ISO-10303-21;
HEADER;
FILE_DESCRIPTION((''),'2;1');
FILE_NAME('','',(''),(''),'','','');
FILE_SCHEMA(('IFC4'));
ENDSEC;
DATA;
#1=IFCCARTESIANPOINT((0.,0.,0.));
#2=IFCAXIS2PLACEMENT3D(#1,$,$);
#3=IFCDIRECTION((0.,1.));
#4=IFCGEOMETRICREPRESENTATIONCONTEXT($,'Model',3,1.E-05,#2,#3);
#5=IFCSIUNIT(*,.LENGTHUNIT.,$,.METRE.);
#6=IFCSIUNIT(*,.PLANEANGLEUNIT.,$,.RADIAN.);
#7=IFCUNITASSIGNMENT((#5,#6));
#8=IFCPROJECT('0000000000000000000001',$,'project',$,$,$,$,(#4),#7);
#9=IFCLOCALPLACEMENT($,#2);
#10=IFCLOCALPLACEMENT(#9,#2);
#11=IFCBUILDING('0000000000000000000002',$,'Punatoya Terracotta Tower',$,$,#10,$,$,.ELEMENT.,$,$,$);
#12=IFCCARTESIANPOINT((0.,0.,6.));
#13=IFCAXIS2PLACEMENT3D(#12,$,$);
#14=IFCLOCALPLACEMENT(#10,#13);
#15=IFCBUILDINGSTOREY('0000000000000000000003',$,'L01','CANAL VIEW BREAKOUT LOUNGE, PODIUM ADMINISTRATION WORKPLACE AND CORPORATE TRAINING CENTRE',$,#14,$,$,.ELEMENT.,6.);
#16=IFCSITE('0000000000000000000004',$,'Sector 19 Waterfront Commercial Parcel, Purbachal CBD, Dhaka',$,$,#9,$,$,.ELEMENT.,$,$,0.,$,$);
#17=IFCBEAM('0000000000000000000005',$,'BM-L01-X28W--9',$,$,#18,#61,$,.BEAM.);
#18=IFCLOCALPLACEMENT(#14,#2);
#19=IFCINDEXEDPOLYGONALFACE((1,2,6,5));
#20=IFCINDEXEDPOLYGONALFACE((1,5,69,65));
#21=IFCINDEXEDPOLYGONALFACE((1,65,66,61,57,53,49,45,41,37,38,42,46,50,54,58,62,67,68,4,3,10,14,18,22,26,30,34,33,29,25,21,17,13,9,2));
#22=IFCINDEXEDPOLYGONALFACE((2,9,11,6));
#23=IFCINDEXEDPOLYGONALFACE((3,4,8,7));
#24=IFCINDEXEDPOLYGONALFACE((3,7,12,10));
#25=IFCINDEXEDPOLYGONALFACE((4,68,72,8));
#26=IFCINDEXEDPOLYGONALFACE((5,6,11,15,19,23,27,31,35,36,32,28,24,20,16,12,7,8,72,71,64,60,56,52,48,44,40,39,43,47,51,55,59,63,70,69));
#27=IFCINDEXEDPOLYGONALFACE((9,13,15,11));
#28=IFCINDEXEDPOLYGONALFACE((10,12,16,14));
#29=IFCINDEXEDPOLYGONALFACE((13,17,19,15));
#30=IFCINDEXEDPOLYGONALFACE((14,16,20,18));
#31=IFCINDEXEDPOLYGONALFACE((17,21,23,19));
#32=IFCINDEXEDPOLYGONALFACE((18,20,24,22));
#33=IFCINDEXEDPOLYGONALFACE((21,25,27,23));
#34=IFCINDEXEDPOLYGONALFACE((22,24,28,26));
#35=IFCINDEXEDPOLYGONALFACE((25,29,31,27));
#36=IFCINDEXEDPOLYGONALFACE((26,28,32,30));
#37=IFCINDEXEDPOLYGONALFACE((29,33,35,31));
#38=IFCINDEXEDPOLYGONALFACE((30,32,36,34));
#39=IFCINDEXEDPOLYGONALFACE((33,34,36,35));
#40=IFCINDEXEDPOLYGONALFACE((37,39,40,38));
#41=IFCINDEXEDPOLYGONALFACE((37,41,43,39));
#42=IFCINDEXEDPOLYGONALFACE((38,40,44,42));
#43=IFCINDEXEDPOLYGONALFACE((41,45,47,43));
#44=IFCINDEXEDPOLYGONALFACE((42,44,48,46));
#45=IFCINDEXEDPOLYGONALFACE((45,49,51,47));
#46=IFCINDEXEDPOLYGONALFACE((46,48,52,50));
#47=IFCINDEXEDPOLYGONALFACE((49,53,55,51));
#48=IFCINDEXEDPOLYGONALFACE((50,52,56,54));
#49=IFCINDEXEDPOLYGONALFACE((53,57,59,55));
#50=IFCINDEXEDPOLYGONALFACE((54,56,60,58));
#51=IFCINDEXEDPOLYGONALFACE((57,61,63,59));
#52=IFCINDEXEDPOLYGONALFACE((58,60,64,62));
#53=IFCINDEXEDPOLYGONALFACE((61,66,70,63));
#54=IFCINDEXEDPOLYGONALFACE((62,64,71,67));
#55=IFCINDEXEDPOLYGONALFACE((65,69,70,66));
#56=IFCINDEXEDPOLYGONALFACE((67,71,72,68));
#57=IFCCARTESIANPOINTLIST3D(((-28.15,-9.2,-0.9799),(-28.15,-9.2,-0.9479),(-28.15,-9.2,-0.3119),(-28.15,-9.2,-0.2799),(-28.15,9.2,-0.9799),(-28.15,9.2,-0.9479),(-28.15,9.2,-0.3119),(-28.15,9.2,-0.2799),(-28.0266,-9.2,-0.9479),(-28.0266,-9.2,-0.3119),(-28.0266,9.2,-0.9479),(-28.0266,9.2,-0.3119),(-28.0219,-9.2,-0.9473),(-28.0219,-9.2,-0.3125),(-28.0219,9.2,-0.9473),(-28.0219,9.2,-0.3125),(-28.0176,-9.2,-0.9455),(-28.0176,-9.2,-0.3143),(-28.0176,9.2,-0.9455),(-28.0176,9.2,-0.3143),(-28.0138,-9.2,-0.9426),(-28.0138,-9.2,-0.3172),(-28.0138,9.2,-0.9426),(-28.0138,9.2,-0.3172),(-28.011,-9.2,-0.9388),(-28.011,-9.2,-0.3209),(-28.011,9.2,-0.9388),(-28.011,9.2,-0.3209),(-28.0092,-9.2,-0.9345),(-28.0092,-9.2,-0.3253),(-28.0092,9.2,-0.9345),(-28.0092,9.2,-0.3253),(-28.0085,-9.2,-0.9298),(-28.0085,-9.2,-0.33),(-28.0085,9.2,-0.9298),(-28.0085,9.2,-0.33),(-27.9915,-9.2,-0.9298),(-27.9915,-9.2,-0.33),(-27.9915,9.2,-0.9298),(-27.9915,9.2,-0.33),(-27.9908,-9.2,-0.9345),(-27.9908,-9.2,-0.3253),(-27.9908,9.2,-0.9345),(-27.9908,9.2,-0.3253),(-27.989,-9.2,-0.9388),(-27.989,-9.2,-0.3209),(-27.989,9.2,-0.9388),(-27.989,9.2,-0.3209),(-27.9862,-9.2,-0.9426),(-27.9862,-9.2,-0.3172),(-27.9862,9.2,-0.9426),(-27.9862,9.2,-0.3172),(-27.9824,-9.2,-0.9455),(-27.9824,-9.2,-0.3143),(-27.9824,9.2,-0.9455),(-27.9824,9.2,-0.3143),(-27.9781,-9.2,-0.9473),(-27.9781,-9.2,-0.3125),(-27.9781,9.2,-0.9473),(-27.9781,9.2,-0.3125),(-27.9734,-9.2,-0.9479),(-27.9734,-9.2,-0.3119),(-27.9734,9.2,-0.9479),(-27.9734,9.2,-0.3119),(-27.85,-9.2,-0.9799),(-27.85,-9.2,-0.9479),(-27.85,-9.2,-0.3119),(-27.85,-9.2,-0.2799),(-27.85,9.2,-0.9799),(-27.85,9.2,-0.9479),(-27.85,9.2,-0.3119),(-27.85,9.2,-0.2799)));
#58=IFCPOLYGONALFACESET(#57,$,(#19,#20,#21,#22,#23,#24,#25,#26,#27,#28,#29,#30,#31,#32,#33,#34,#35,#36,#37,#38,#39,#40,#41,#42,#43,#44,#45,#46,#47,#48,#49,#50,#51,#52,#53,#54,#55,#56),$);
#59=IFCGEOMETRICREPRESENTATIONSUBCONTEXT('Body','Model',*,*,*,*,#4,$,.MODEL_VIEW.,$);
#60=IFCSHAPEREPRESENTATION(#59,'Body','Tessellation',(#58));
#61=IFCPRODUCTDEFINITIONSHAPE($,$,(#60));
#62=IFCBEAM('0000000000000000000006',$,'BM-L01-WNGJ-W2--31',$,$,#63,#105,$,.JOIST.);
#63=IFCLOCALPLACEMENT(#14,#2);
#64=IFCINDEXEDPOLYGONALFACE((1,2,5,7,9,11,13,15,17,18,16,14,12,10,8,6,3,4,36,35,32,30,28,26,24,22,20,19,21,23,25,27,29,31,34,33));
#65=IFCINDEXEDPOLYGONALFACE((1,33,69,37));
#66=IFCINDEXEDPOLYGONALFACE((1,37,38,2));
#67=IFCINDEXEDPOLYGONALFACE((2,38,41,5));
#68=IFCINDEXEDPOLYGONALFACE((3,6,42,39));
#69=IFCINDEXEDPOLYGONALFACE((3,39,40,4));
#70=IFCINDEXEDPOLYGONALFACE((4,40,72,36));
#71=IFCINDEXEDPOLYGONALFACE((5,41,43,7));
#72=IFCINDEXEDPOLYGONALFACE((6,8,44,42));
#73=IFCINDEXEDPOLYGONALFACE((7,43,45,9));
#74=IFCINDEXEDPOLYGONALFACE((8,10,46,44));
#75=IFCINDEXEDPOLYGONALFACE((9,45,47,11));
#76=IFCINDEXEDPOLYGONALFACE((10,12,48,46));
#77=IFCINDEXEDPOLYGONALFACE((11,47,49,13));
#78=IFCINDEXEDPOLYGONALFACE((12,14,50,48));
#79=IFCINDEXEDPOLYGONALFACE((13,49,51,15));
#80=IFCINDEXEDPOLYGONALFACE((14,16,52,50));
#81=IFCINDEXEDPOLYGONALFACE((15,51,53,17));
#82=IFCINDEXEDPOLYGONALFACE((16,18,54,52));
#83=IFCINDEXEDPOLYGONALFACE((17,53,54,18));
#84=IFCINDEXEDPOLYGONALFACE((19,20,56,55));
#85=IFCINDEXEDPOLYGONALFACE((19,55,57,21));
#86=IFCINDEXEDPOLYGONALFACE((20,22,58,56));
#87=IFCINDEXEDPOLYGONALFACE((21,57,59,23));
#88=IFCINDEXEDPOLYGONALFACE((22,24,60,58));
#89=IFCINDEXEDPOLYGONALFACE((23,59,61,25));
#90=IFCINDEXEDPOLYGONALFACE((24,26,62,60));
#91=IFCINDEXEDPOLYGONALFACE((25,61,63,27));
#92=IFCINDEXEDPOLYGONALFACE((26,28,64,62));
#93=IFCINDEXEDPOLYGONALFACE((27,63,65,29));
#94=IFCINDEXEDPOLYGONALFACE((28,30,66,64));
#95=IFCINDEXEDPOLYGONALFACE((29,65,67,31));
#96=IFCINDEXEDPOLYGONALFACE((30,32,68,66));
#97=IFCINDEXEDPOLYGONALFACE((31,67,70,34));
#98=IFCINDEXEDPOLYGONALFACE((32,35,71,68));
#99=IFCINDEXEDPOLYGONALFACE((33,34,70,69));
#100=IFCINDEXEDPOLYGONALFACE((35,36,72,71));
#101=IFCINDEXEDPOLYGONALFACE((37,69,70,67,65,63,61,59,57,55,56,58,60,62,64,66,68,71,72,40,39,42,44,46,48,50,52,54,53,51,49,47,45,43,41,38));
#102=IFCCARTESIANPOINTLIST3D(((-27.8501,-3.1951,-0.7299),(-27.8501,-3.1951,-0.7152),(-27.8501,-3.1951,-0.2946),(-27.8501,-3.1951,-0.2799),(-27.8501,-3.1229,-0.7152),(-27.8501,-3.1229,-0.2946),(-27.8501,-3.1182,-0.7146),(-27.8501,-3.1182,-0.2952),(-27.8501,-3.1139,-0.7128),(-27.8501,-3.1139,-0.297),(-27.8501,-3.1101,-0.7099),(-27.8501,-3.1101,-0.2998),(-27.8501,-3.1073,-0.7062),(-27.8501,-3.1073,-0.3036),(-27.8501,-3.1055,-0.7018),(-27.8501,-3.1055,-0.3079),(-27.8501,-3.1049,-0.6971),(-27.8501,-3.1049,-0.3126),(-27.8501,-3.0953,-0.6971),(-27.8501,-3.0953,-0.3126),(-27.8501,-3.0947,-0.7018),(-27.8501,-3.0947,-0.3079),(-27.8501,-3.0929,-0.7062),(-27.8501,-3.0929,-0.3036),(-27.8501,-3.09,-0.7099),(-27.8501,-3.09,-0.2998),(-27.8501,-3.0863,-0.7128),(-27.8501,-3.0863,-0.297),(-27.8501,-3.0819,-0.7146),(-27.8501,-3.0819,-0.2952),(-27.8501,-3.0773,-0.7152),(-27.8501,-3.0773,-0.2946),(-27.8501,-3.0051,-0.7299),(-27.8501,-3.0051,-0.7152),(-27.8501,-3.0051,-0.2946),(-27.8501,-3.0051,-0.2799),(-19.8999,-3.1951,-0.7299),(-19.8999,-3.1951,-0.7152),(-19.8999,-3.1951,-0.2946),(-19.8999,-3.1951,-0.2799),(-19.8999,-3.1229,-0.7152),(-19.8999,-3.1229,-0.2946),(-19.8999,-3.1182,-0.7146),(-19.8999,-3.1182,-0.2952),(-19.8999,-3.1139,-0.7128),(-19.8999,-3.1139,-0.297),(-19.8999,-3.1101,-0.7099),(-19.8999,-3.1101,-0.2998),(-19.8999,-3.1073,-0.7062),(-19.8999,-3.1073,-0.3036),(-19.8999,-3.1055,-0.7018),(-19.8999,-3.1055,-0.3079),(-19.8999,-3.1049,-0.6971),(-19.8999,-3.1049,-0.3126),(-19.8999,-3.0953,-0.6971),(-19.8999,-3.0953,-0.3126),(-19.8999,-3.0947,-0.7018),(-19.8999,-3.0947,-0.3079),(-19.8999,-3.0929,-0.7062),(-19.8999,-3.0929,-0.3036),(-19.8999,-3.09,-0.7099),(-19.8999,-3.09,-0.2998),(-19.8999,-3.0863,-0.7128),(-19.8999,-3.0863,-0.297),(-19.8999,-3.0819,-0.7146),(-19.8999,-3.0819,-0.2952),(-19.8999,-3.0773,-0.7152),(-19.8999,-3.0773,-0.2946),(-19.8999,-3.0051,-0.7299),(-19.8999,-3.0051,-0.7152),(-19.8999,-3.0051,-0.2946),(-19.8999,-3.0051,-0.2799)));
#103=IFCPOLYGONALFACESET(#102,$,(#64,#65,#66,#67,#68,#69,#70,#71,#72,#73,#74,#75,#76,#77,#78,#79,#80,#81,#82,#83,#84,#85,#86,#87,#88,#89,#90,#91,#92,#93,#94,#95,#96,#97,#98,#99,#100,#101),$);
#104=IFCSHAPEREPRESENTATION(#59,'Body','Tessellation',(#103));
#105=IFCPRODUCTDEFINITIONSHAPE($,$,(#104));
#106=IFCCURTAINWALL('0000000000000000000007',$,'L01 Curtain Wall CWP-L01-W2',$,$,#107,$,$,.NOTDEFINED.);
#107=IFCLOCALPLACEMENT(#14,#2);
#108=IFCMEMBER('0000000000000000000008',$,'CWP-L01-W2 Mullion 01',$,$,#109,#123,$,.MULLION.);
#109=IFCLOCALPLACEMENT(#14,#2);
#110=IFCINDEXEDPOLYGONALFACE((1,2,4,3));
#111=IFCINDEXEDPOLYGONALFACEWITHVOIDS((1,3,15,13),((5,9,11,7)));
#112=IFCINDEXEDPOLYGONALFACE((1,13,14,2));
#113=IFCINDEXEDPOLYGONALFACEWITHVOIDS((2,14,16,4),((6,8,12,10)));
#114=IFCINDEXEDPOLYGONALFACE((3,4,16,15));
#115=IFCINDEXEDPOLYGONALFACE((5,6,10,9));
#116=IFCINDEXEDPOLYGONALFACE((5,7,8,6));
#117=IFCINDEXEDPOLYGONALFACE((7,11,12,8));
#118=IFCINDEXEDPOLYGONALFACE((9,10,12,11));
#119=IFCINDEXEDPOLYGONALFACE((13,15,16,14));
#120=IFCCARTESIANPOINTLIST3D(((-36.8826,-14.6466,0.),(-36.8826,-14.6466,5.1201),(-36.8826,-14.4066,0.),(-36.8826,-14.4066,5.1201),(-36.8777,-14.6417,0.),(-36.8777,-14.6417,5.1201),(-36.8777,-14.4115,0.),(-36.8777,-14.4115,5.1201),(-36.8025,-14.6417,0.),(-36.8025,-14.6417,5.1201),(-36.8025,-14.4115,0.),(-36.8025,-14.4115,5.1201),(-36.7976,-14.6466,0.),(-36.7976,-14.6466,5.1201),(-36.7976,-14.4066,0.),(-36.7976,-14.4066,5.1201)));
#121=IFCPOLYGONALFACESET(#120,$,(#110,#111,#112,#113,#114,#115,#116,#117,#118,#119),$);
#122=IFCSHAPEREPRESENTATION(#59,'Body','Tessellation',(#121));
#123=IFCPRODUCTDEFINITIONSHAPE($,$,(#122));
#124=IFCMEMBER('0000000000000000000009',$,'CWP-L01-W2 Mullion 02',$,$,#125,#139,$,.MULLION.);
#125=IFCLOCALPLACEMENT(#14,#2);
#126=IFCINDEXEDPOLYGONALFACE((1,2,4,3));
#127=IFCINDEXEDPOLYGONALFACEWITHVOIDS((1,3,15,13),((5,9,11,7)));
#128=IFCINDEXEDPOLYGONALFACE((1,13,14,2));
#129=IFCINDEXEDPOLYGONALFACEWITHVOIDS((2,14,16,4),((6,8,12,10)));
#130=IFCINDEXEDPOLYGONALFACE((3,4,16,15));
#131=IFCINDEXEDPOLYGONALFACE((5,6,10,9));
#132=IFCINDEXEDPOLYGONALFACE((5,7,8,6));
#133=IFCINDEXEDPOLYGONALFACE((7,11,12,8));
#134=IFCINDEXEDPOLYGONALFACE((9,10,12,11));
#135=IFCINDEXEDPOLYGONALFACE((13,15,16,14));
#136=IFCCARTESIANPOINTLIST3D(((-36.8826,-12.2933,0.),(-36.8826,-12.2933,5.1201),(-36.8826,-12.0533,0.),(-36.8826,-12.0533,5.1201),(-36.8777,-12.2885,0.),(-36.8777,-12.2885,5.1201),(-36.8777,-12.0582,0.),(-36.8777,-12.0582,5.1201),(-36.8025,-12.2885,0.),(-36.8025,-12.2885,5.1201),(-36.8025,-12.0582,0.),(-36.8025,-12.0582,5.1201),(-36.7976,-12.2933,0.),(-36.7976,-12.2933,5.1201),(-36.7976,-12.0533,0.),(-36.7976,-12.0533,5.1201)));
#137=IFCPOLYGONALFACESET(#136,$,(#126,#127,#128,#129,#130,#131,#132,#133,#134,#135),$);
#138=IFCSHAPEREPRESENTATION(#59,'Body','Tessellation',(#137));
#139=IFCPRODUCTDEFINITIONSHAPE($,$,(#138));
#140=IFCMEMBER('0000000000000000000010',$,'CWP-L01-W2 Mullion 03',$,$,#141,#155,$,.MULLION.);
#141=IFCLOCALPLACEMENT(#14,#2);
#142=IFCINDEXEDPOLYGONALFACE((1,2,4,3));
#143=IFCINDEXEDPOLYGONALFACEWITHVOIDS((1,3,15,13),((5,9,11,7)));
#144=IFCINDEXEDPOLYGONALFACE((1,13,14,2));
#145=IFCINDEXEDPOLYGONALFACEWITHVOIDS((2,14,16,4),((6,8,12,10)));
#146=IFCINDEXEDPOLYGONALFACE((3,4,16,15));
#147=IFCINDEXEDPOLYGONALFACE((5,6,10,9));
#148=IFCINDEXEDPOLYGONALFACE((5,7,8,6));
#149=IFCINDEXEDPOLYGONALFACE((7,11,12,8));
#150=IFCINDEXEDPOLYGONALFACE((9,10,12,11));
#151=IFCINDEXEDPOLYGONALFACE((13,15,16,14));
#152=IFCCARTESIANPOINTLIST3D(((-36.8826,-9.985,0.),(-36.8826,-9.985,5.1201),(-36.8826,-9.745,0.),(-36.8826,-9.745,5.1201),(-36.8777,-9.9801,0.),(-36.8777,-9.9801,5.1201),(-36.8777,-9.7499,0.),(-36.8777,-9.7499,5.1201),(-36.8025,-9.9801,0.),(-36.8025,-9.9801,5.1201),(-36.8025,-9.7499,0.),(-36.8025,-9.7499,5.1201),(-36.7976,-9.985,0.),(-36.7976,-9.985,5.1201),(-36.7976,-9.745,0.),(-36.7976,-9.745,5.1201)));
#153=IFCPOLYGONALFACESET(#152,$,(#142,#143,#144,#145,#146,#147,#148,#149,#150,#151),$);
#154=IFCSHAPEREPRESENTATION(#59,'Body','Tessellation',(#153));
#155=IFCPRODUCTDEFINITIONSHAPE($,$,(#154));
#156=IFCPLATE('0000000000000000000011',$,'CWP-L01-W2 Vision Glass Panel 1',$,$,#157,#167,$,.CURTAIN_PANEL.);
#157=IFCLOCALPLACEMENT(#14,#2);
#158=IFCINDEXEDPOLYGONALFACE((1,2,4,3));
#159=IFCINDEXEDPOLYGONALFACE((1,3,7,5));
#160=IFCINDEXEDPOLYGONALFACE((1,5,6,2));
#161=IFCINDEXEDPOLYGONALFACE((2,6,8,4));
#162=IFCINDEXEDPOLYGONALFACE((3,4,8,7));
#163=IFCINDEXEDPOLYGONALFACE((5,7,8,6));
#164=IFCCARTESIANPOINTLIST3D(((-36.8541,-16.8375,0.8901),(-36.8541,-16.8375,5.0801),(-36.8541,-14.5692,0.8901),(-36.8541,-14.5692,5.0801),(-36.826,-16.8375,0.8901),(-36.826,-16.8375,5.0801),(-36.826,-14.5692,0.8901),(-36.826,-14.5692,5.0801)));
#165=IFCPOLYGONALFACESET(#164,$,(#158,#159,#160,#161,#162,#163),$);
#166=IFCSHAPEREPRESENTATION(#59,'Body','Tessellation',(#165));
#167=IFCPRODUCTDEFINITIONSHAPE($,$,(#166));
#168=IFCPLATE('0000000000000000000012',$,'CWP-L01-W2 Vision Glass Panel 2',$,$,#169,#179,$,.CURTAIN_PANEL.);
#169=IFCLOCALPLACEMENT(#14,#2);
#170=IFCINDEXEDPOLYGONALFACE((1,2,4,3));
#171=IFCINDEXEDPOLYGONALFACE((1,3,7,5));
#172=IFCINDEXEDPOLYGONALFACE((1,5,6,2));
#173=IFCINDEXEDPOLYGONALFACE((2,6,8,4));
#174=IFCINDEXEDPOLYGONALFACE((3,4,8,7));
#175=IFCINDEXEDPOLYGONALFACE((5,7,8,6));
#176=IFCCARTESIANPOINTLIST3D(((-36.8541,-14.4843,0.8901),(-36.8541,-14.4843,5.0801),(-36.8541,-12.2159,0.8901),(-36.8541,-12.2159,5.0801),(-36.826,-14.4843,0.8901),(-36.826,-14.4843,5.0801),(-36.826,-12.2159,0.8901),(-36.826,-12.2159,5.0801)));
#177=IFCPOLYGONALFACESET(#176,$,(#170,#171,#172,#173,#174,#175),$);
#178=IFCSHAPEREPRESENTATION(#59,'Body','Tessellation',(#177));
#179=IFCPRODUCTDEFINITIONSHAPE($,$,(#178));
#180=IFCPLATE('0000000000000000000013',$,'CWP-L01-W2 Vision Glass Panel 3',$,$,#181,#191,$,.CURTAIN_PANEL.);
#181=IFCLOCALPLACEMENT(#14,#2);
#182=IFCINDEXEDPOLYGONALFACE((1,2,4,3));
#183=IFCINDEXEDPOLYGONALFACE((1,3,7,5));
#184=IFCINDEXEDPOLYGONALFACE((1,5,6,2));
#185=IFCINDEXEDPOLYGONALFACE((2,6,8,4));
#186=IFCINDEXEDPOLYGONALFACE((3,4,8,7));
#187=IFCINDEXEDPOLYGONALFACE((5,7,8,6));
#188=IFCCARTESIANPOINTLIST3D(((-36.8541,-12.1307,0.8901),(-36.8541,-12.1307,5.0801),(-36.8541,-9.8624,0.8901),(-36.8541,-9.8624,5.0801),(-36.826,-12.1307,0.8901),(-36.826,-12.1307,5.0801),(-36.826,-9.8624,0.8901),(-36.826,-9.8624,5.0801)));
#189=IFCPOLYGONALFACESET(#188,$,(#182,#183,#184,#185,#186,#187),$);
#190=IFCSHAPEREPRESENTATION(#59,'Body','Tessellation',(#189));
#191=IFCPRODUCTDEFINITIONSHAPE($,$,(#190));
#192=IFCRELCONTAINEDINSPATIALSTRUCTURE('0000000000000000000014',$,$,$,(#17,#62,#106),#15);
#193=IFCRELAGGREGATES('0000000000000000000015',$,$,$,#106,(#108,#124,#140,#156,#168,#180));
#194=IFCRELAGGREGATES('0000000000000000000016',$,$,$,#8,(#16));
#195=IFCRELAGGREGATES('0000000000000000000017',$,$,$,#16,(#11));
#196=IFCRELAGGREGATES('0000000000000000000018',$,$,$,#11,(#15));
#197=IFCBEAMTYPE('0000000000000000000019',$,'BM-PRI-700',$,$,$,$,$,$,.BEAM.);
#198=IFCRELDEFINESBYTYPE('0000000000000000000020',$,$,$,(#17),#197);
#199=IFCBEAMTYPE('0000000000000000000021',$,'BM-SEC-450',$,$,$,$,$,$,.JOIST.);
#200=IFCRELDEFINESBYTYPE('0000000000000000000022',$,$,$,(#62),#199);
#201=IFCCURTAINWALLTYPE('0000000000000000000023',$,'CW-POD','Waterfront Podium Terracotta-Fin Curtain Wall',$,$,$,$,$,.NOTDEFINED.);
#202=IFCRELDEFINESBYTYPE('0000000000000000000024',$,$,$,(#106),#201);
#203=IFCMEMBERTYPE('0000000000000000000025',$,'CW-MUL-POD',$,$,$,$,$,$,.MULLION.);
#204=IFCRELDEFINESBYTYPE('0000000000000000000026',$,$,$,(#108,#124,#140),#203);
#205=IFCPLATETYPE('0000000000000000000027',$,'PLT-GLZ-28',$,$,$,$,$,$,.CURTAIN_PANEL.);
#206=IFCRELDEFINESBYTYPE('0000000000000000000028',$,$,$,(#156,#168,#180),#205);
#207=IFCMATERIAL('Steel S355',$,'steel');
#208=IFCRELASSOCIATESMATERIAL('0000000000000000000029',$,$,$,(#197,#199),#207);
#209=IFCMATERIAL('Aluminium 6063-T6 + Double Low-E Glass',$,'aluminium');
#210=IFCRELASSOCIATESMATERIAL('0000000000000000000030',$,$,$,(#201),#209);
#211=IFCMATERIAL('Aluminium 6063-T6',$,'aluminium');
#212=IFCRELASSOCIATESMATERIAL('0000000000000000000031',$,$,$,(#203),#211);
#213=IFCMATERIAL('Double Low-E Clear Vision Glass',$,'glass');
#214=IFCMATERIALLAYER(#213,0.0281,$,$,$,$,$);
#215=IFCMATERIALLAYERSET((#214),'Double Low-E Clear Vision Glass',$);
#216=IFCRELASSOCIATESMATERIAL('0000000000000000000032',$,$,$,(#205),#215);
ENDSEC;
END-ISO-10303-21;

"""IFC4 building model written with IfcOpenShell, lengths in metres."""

from ifc_helpers import new_model, si_unit, direction, frame, origin, origin_2d, place, context, subcontext, project, spatial, rectangle, hollow_rectangle, i_section, extrude, material, layer, layer_set, material_profile, profile_set, type_object, element, aggregate, save


model = new_model("IFC4")

# Units and contexts
model_context = context("Model", 3, precision=1e-05, world=origin(), true_north=direction((0.0, 1.0)))
body_context = subcontext(model_context, "Body", "Model", "MODEL_VIEW")
ifc_project = project(units=[si_unit("LENGTHUNIT", "METRE"), si_unit("PLANEANGLEUNIT", "RADIAN")], contexts=[model_context])

# Site, building, storey
site_placement = place(None, origin())
site = spatial("IfcSite", under=ifc_project, at=site_placement, Name="Sector 19 Waterfront Commercial Parcel, Purbachal CBD, Dhaka", CompositionType="ELEMENT", RefElevation=0.0)
building_placement = place(site_placement, origin())
building = spatial("IfcBuilding", under=site, at=building_placement, Name="Punatoya Terracotta Tower", CompositionType="ELEMENT")
storey_placement = place(building_placement, frame((0.0, 0.0, 6.0)))
storey = spatial("IfcBuildingStorey", under=building, at=storey_placement, Name="L01", Description="CANAL VIEW BREAKOUT LOUNGE, PODIUM ADMINISTRATION WORKPLACE AND CORPORATE TRAINING CENTRE", CompositionType="ELEMENT", Elevation=6.0)

# Beams
ifc_material_1 = material(Name="Steel S355", Category="steel")
ifc_material_profile_1 = material_profile(ifc_material_1, i_section(OverallWidth=0.3, OverallDepth=0.7, WebThickness=0.0171, FlangeThickness=0.032, FilletRadius=0.0181, at=origin_2d()))
ifc_profile_set_1 = profile_set([ifc_material_profile_1], Name="Steel S355")
beam_type_1 = type_object("IfcBeamType", Name="BM-PRI-700", PredefinedType="BEAM", material=ifc_profile_set_1)
beam_1_placement = place(storey_placement, frame((-28.0, -9.2, -0.6299), z_axis=(0.0, 1.0, 0.0), x_axis=(-1.0, 0.0, 0.0)))
element("IfcBeam", 1, at=beam_1_placement, inside=storey, type_object=beam_type_1, Name="BM-L01-X28W--9", PredefinedType="BEAM", context=body_context, shape_type="SweptSolid", body=[
    extrude(i_section(OverallWidth=0.3, OverallDepth=0.7, WebThickness=0.0171, FlangeThickness=0.032, FilletRadius=0.0181, at=origin_2d()), origin(), (0.0, 0.0, 1.0), 18.3999),
])
ifc_material_profile_2 = material_profile(ifc_material_1, i_section(OverallWidth=0.1899, OverallDepth=0.45, WebThickness=0.0095, FlangeThickness=0.0146, FilletRadius=0.0181, at=origin_2d()))
ifc_profile_set_2 = profile_set([ifc_material_profile_2], Name="Steel S355")
beam_type_2 = type_object("IfcBeamType", Name="BM-SEC-450", PredefinedType="JOIST", material=ifc_profile_set_2)
beam_2_placement = place(storey_placement, frame((-27.8501, -3.1001, -0.5049), z_axis=(1.0, 0.0, 0.0), x_axis=(0.0, 1.0, 0.0)))
element("IfcBeam", 2, at=beam_2_placement, inside=storey, type_object=beam_type_2, Name="BM-L01-WNGJ-W2--31", PredefinedType="JOIST", context=body_context, shape_type="SweptSolid", body=[
    extrude(i_section(OverallWidth=0.1899, OverallDepth=0.45, WebThickness=0.0095, FlangeThickness=0.0146, FilletRadius=0.0181, at=origin_2d()), origin(), (0.0, 0.0, 1.0), 7.9502),
])

# Curtain wall, members, plates
ifc_material_2 = material(Name="Aluminium 6063-T6 + Double Low-E Glass", Category="aluminium")
curtain_wall_type = type_object("IfcCurtainWallType", Name="CW-POD", Description="Waterfront Podium Terracotta-Fin Curtain Wall", PredefinedType="NOTDEFINED", material=ifc_material_2)
curtain_wall_placement = place(storey_placement, origin())
curtain_wall = element("IfcCurtainWall", 3, at=curtain_wall_placement, inside=storey, type_object=curtain_wall_type, Name="L01 Curtain Wall CWP-L01-W2", PredefinedType="NOTDEFINED")
ifc_material_3 = material(Name="Aluminium 6063-T6", Category="aluminium")
ifc_material_profile_3 = material_profile(ifc_material_3, hollow_rectangle(XDim=0.085, YDim=0.24, WallThickness=0.0049, at=origin_2d()))
ifc_profile_set_3 = profile_set([ifc_material_profile_3], Name="Aluminium 6063-T6")
member_type = type_object("IfcMemberType", Name="CW-MUL-POD", PredefinedType="MULLION", material=ifc_profile_set_3)
member_1_placement = place(storey_placement, frame((-36.8401, -14.5266, 0.0), z_axis=(0.0, 0.0, 1.0), x_axis=(1.0, 0.0, 0.0)))
member_1 = element("IfcMember", 4, at=member_1_placement, type_object=member_type, Name="CWP-L01-W2 Mullion 01", PredefinedType="MULLION", context=body_context, shape_type="SweptSolid", body=[
    extrude(hollow_rectangle(XDim=0.085, YDim=0.24, WallThickness=0.0049, at=origin_2d()), origin(), (0.0, 0.0, 1.0), 5.1201),
])
member_2_placement = place(storey_placement, frame((-36.8401, -12.1733, 0.0), z_axis=(0.0, 0.0, 1.0), x_axis=(1.0, 0.0, 0.0)))
member_2 = element("IfcMember", 5, at=member_2_placement, type_object=member_type, Name="CWP-L01-W2 Mullion 02", PredefinedType="MULLION", context=body_context, shape_type="SweptSolid", body=[
    extrude(hollow_rectangle(XDim=0.085, YDim=0.24, WallThickness=0.0049, at=origin_2d()), origin(), (0.0, 0.0, 1.0), 5.1201),
])
member_3_placement = place(storey_placement, frame((-36.8401, -9.865, 0.0), z_axis=(0.0, 0.0, 1.0), x_axis=(1.0, 0.0, 0.0)))
member_3 = element("IfcMember", 6, at=member_3_placement, type_object=member_type, Name="CWP-L01-W2 Mullion 03", PredefinedType="MULLION", context=body_context, shape_type="SweptSolid", body=[
    extrude(hollow_rectangle(XDim=0.085, YDim=0.24, WallThickness=0.0049, at=origin_2d()), origin(), (0.0, 0.0, 1.0), 5.1201),
])
ifc_material_4 = material(Name="Double Low-E Clear Vision Glass", Category="glass")
ifc_layer_1 = layer(ifc_material_4, 0.0281)
ifc_layer_set_1 = layer_set([ifc_layer_1], Name="Double Low-E Clear Vision Glass")
plate_type_1 = type_object("IfcPlateType", Name="PLT-GLZ-28", PredefinedType="CURTAIN_PANEL", material=ifc_layer_set_1)
plate_1_placement = place(storey_placement, frame((-36.8401, -15.7034, 0.8901), z_axis=(0.0, 0.0, 1.0), x_axis=(0.0, 1.0, 0.0)))
plate_1 = element("IfcPlate", 7, at=plate_1_placement, type_object=plate_type_1, Name="CWP-L01-W2 Vision Glass Panel 1", PredefinedType="CURTAIN_PANEL", context=body_context, shape_type="SweptSolid", body=[
    extrude(rectangle(XDim=2.2683, YDim=0.0281, at=origin_2d()), origin(), (0.0, 0.0, 1.0), 4.1899),
])
plate_2_placement = place(storey_placement, frame((-36.8401, -13.3501, 0.8901), z_axis=(0.0, 0.0, 1.0), x_axis=(0.0, 1.0, 0.0)))
plate_2 = element("IfcPlate", 8, at=plate_2_placement, type_object=plate_type_1, Name="CWP-L01-W2 Vision Glass Panel 2", PredefinedType="CURTAIN_PANEL", context=body_context, shape_type="SweptSolid", body=[
    extrude(rectangle(XDim=2.2683, YDim=0.0281, at=origin_2d()), origin(), (0.0, 0.0, 1.0), 4.1899),
])
plate_3_placement = place(storey_placement, frame((-36.8401, -10.9966, 0.8901), z_axis=(0.0, 0.0, 1.0), x_axis=(0.0, 1.0, 0.0)))
plate_3 = element("IfcPlate", 9, at=plate_3_placement, type_object=plate_type_1, Name="CWP-L01-W2 Vision Glass Panel 3", PredefinedType="CURTAIN_PANEL", context=body_context, shape_type="SweptSolid", body=[
    extrude(rectangle(XDim=2.2683, YDim=0.0281, at=origin_2d()), origin(), (0.0, 0.0, 1.0), 4.1899),
])
aggregate(curtain_wall, [member_1, member_2, member_3, plate_1, plate_2, plate_3])

save(model, "model.ifc")
